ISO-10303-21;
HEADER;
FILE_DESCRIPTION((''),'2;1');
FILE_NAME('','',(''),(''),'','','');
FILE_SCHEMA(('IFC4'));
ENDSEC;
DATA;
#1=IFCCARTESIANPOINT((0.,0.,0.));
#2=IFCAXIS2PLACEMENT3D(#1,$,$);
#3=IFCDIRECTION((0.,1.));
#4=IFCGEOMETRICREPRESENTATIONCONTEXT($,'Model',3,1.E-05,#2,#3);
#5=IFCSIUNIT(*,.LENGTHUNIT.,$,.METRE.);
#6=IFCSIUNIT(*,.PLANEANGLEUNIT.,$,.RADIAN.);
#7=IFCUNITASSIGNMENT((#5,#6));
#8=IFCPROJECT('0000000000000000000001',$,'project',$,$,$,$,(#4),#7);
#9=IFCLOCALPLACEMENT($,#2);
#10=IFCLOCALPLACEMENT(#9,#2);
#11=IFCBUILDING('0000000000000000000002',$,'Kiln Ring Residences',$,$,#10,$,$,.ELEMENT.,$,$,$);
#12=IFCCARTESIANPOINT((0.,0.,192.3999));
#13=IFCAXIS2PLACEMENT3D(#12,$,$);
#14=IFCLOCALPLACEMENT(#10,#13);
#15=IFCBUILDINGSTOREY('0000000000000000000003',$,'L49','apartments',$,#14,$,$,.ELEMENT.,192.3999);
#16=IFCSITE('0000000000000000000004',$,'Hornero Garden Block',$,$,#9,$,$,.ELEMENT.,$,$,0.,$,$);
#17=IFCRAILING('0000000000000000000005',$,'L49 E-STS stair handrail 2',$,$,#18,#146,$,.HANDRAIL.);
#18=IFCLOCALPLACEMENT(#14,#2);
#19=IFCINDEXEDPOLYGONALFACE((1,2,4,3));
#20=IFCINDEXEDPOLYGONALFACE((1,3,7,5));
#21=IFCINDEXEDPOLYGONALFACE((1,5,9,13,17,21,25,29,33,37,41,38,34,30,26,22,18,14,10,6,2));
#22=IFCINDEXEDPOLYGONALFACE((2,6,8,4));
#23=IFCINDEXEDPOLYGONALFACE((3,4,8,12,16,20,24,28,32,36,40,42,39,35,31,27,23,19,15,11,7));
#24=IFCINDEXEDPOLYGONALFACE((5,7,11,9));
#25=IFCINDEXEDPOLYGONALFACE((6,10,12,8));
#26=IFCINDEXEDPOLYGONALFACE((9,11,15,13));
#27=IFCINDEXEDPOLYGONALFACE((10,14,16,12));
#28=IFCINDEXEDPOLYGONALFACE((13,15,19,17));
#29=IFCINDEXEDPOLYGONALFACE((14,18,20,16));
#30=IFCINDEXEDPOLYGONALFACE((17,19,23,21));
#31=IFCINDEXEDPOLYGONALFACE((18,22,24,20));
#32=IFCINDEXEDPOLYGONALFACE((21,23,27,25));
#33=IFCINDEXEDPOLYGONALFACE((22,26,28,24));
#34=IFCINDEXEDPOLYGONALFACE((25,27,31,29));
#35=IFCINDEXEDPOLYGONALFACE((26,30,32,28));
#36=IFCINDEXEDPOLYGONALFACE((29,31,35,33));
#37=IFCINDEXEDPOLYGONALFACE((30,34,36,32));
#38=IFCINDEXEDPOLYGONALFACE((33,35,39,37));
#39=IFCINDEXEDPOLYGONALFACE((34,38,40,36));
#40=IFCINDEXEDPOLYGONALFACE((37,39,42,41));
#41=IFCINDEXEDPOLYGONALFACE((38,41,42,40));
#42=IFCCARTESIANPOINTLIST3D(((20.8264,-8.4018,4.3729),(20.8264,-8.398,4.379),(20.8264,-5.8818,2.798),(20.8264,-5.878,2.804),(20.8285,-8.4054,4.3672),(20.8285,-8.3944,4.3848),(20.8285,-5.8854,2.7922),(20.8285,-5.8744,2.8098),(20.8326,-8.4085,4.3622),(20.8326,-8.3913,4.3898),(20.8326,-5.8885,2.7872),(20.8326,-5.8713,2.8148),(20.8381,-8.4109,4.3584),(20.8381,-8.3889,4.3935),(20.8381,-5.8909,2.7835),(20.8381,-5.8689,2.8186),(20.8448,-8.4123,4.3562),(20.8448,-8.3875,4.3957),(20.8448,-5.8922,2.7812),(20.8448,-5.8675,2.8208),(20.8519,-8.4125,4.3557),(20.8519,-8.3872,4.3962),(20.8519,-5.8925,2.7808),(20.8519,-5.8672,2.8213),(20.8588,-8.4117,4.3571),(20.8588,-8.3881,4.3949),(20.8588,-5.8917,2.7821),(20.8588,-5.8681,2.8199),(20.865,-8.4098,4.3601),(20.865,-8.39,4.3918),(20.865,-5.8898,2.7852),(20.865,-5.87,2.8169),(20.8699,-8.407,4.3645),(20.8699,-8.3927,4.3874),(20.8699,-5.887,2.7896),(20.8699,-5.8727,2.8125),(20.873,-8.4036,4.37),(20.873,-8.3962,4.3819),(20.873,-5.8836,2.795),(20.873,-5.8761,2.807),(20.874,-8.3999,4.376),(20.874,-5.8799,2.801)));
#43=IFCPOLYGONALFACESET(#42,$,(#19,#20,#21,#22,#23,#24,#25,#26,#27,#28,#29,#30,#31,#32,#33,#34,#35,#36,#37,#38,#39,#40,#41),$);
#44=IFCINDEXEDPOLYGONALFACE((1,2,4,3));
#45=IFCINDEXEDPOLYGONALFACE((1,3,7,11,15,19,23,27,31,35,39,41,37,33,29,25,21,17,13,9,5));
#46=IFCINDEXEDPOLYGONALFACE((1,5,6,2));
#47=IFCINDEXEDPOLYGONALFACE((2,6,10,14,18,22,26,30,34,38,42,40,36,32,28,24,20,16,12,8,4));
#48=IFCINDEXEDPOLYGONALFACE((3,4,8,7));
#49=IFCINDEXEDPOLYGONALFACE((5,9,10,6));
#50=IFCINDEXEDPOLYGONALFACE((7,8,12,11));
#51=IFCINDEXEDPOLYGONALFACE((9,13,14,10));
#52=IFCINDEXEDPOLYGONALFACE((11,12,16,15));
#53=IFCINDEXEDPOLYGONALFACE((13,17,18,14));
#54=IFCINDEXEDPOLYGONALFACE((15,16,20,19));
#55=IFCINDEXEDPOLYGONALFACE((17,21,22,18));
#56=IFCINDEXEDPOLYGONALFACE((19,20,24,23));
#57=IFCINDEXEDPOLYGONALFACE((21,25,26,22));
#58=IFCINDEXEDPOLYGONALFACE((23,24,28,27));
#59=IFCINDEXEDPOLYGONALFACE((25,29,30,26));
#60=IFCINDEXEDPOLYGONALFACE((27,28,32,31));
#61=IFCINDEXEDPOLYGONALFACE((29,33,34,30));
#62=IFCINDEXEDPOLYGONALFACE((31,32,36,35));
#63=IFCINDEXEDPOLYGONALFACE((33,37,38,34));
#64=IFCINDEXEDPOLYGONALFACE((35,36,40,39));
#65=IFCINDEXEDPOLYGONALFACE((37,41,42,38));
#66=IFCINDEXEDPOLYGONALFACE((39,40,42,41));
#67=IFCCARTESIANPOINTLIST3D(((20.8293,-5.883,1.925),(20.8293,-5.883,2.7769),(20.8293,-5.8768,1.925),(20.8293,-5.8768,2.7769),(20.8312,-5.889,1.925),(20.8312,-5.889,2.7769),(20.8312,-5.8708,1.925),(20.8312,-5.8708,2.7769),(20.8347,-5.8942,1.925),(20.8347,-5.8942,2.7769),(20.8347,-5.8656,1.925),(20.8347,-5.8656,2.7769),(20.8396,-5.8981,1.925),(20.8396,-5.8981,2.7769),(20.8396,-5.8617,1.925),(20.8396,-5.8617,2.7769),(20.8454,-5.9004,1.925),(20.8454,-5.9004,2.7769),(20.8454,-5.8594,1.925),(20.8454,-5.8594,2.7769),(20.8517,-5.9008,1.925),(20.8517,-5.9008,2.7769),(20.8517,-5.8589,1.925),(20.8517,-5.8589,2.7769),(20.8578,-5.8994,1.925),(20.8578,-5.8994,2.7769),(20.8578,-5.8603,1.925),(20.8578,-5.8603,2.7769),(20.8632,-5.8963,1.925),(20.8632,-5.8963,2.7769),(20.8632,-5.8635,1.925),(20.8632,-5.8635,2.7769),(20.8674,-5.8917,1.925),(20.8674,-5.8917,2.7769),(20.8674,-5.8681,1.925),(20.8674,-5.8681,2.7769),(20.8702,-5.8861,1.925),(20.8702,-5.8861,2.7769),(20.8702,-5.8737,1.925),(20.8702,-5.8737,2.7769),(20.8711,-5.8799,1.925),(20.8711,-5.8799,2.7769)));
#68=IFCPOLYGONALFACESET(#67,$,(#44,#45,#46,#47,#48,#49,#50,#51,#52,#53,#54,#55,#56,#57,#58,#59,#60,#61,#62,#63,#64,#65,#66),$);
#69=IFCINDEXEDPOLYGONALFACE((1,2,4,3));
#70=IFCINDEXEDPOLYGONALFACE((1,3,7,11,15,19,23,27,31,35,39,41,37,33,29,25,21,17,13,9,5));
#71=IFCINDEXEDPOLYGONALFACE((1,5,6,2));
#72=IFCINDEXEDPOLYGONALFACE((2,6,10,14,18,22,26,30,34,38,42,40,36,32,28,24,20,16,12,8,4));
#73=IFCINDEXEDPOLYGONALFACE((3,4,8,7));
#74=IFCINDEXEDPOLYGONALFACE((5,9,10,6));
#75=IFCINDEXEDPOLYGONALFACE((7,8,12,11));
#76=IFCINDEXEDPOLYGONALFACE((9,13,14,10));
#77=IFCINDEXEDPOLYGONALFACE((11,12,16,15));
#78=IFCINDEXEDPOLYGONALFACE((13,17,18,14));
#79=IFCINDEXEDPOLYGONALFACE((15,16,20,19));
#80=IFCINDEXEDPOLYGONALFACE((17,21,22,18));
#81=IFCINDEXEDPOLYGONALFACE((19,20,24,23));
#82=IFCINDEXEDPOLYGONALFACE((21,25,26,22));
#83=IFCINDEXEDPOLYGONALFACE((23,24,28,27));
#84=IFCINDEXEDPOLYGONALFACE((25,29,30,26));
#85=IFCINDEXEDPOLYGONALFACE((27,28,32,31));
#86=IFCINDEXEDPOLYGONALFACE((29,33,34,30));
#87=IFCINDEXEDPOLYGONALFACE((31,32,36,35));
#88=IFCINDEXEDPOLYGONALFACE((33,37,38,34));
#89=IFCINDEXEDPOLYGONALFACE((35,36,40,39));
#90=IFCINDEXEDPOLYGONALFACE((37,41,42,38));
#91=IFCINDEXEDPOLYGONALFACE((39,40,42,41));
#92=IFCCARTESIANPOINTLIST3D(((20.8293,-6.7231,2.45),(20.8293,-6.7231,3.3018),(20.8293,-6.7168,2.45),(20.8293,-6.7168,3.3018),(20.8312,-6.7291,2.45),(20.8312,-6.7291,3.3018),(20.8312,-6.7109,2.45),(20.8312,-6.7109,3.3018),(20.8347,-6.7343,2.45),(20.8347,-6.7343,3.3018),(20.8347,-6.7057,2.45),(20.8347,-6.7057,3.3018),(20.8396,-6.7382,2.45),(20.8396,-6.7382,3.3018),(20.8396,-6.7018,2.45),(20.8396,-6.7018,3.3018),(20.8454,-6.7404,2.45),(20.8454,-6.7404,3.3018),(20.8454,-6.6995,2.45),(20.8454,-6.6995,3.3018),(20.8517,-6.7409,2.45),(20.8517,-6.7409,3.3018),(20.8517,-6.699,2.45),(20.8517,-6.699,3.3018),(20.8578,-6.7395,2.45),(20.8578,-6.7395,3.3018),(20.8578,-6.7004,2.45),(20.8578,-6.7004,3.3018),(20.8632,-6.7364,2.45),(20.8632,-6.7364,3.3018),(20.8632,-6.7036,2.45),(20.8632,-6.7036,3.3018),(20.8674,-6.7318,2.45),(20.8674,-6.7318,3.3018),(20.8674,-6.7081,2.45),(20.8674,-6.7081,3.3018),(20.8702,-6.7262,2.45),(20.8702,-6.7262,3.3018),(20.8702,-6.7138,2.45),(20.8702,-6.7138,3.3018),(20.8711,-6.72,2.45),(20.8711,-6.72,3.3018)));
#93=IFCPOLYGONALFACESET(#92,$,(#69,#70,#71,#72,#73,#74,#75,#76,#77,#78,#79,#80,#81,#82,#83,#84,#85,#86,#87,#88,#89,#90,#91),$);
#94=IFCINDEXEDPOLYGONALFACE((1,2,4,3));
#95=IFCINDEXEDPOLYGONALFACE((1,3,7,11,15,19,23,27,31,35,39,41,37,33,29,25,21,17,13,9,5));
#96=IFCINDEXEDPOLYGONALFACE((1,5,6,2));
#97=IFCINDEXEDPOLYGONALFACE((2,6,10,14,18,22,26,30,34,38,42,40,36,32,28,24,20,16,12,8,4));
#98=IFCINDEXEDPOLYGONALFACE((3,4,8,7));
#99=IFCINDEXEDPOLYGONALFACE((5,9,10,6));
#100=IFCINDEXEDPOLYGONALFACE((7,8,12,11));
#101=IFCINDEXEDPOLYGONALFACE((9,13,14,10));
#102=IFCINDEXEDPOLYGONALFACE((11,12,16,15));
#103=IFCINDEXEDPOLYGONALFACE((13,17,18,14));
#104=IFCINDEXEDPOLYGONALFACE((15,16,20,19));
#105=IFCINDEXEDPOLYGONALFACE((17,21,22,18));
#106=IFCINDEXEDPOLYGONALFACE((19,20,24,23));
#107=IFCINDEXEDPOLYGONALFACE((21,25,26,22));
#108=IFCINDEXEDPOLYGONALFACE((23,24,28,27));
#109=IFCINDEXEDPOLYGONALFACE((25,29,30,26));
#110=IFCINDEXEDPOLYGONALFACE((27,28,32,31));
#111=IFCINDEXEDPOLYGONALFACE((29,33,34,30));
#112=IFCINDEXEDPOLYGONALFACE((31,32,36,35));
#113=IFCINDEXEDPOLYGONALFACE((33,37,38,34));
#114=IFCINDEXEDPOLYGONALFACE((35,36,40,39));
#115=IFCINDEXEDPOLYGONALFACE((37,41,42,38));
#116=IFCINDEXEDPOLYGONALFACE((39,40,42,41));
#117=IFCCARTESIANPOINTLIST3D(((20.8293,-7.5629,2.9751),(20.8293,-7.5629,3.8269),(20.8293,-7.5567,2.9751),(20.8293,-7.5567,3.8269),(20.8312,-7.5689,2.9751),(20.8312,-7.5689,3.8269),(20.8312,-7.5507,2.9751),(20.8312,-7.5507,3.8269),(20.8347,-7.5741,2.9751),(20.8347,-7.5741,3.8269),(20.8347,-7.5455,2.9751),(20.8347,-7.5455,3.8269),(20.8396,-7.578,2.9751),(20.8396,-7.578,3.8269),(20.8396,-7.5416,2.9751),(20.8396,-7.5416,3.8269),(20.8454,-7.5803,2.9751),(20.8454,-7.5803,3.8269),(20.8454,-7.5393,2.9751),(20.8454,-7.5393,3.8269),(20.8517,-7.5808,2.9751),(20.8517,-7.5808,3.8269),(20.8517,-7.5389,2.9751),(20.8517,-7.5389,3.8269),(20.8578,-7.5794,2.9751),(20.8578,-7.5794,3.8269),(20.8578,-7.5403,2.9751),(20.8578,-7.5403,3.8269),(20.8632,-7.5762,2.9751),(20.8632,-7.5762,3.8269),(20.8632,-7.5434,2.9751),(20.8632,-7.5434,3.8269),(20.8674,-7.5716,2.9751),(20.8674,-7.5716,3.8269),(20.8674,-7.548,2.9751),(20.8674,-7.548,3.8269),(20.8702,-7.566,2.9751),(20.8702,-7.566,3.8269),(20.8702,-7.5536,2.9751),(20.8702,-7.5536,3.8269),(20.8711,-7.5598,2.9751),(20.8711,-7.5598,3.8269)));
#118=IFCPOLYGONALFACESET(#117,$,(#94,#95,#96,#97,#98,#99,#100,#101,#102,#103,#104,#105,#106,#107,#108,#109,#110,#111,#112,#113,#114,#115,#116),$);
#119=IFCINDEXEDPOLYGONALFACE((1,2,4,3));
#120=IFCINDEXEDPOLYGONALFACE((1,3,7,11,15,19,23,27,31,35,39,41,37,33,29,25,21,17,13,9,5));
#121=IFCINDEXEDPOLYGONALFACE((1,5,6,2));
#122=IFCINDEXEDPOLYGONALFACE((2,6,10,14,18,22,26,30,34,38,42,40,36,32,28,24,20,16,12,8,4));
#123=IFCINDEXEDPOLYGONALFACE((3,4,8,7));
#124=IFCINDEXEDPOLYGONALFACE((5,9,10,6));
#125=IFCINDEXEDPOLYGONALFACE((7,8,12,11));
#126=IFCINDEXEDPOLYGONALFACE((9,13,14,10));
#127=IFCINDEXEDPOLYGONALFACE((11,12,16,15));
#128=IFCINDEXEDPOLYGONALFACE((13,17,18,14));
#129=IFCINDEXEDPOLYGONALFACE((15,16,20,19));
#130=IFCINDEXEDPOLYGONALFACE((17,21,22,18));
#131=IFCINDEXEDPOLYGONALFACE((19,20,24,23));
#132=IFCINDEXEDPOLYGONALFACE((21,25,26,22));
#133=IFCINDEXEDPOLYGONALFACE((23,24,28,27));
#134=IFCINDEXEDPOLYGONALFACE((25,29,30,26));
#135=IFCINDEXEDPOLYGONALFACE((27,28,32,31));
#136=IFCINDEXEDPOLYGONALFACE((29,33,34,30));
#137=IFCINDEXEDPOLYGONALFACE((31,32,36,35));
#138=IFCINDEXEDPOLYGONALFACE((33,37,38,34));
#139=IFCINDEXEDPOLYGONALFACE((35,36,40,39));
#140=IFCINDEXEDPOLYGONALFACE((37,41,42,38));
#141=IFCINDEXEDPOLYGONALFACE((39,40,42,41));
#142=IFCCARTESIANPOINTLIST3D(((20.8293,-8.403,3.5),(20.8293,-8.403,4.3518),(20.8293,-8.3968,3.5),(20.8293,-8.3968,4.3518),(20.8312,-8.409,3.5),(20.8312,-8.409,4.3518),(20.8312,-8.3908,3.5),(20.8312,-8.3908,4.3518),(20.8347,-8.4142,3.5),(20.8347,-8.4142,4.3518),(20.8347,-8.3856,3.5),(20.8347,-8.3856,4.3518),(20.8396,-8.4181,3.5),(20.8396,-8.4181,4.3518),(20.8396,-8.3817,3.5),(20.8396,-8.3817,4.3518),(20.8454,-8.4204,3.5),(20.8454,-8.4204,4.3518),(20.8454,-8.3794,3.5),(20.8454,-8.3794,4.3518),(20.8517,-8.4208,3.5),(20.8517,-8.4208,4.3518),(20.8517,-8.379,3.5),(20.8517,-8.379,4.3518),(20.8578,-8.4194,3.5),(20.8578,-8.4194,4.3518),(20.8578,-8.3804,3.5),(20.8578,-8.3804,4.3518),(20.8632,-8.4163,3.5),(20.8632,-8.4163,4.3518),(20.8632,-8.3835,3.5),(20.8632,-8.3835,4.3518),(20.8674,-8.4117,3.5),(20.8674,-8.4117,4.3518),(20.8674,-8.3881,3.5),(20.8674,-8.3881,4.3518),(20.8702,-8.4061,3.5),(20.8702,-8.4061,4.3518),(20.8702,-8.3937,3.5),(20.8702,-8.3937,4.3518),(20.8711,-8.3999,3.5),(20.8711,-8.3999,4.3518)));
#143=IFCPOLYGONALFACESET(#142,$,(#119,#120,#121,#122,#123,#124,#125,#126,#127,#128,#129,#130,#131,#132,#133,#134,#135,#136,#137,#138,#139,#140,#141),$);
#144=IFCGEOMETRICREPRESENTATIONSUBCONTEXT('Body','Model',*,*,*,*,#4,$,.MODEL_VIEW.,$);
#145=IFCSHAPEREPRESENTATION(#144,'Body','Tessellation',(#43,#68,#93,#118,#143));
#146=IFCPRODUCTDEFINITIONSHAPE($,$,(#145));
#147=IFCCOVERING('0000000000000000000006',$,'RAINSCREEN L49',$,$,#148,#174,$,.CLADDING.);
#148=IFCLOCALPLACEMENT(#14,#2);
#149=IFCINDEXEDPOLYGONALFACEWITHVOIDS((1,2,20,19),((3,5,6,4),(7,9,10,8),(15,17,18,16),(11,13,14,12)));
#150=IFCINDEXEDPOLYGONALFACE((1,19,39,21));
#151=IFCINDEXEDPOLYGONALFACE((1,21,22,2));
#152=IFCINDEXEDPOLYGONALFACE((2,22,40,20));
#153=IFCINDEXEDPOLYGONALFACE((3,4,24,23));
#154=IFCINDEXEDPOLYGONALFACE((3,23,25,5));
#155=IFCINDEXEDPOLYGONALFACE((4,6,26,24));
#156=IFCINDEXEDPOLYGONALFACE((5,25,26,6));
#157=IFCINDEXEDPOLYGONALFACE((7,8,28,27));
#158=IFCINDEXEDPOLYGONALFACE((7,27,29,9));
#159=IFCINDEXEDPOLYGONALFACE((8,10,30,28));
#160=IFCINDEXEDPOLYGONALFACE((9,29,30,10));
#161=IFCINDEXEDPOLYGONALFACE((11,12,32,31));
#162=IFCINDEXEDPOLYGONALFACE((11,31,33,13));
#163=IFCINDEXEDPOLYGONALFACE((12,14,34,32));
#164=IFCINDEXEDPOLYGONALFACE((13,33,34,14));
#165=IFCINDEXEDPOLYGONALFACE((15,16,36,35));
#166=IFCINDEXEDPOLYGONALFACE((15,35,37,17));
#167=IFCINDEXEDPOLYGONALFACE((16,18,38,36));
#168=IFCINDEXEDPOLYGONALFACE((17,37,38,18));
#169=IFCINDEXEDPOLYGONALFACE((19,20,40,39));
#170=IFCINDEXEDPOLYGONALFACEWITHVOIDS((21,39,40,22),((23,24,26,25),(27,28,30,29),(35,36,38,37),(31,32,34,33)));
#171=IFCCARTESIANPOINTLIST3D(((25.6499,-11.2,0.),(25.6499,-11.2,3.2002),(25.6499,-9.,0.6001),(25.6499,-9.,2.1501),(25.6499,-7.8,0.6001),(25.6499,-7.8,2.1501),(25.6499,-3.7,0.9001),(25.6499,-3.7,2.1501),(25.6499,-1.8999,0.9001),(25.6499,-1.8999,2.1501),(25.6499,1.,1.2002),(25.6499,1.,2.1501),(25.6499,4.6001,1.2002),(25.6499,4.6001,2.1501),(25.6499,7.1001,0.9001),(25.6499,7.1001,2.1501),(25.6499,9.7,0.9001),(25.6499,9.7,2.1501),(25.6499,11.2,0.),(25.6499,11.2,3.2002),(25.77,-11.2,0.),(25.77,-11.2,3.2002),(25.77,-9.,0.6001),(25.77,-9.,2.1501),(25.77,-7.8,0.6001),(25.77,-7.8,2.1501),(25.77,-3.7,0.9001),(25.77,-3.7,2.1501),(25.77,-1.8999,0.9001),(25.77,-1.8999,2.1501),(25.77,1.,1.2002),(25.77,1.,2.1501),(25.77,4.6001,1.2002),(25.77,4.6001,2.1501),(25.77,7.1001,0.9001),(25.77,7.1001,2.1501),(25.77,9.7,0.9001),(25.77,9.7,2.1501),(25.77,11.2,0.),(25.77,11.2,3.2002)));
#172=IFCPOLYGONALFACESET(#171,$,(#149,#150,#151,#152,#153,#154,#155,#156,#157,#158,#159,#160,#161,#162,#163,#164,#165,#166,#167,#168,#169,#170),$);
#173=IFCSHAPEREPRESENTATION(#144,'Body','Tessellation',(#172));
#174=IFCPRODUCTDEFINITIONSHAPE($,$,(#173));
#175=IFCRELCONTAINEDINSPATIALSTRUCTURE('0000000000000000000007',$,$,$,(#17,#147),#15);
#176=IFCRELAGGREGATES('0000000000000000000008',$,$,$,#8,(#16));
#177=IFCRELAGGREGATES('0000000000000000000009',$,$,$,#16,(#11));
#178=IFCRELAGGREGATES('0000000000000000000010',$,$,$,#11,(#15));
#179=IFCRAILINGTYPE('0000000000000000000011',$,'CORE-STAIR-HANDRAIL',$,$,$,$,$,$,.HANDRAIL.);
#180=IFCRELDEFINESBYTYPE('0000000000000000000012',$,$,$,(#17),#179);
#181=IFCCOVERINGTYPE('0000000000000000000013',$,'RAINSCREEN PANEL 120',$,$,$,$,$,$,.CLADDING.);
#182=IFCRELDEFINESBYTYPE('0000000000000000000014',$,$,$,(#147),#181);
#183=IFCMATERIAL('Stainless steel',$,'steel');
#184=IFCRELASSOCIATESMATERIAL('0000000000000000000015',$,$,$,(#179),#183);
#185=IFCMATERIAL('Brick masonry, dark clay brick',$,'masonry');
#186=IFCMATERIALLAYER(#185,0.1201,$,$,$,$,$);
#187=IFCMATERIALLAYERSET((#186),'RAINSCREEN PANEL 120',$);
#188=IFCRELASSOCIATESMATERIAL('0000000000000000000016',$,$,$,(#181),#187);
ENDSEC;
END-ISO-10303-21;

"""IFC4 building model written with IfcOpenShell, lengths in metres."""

from ifc_helpers import new_model, si_unit, direction, frame, origin, origin_2d, place, context, subcontext, project, spatial, polyline, circle, outline, extrude, material, layer, layer_set, type_object, element, save


model = new_model("IFC4")

# Units and contexts
model_context = context("Model", 3, precision=1e-05, world=origin(), true_north=direction((0.0, 1.0)))
body_context = subcontext(model_context, "Body", "Model", "MODEL_VIEW")
ifc_project = project(units=[si_unit("LENGTHUNIT", "METRE"), si_unit("PLANEANGLEUNIT", "RADIAN")], contexts=[model_context])

# Site, building, storey
site_placement = place(None, origin())
site = spatial("IfcSite", under=ifc_project, at=site_placement, Name="Hornero Garden Block", CompositionType="ELEMENT", RefElevation=0.0)
building_placement = place(site_placement, origin())
building = spatial("IfcBuilding", under=site, at=building_placement, Name="Kiln Ring Residences", CompositionType="ELEMENT")
storey_placement = place(building_placement, frame((0.0, 0.0, 192.3999)))
storey = spatial("IfcBuildingStorey", under=building, at=storey_placement, Name="L49", Description="apartments", CompositionType="ELEMENT", Elevation=192.3999)

# Railing
ifc_material_1 = material(Name="Stainless steel", Category="steel")
railing_type_1 = type_object("IfcRailingType", Name="CORE-STAIR-HANDRAIL", PredefinedType="HANDRAIL", material=ifc_material_1)
railing_1_placement = place(storey_placement, frame((20.8501, -5.8799, 1.925)))
element("IfcRailing", 1, at=railing_1_placement, inside=storey, type_object=railing_type_1, Name="L49 E-STS stair handrail 2", PredefinedType="HANDRAIL", context=body_context, shape_type="SweptSolid", body=[
    extrude(circle(Radius=0.0239, at=origin_2d()), frame((0.0, 0.0, 0.876), z_axis=(0.0, -0.848008, 0.529984), x_axis=(1.0, 0.0, 0.0)), (0.0, 0.0, 1.0), 2.9717),
    extrude(circle(Radius=0.021, at=origin_2d()), origin(), (0.0, 0.0, 1.0), 0.8518),
    extrude(circle(Radius=0.021, at=origin_2d()), frame((0.0, -0.8401, 0.5249)), (0.0, 0.0, 1.0), 0.8518),
    extrude(circle(Radius=0.021, at=origin_2d()), frame((0.0, -1.6799, 1.05)), (0.0, 0.0, 1.0), 0.8518),
    extrude(circle(Radius=0.021, at=origin_2d()), frame((0.0, -2.52, 1.575)), (0.0, 0.0, 1.0), 0.8518),
])

# Covering
ifc_material_2 = material(Name="Brick masonry, dark clay brick", Category="masonry")
ifc_layer_1 = layer(ifc_material_2, 0.1201)
ifc_layer_set_1 = layer_set([ifc_layer_1], Name="RAINSCREEN PANEL 120")
covering_type = type_object("IfcCoveringType", Name="RAINSCREEN PANEL 120", PredefinedType="CLADDING", material=ifc_layer_set_1)
covering_placement = place(storey_placement, frame((25.71, -11.2, 0.0), z_axis=(0.0, 0.0, 1.0), x_axis=(0.0, 1.0, 0.0)))
element("IfcCovering", 2, at=covering_placement, inside=storey, type_object=covering_type, Name="RAINSCREEN L49", PredefinedType="CLADDING", context=body_context, shape_type="SweptSolid", body=[
    extrude(outline(polyline([(0.0, 0.0), (22.3999, 0.0), (22.3999, 3.2002), (0.0, 3.2002), (0.0, 0.0)]), holes=[polyline([(3.3999, 0.6001), (3.3999, 2.1501), (2.2, 2.1501), (2.2, 0.6001), (3.3999, 0.6001)]), polyline([(9.3, 0.9001), (9.3, 2.1501), (7.5, 2.1501), (7.5, 0.9001), (9.3, 0.9001)]), polyline([(20.8999, 0.9001), (20.8999, 2.1501), (18.3, 2.1501), (18.3, 0.9001), (20.8999, 0.9001)]), polyline([(15.8, 1.2002), (15.8, 2.1501), (12.2, 2.1501), (12.2, 1.2002), (15.8, 1.2002)])]), frame((0.0, 0.0601, 0.0), z_axis=(0.0, -1.0, 0.0), x_axis=(1.0, 0.0, 0.0)), (0.0, 0.0, 1.0), 0.1201),
])

save(model, "model.ifc")
